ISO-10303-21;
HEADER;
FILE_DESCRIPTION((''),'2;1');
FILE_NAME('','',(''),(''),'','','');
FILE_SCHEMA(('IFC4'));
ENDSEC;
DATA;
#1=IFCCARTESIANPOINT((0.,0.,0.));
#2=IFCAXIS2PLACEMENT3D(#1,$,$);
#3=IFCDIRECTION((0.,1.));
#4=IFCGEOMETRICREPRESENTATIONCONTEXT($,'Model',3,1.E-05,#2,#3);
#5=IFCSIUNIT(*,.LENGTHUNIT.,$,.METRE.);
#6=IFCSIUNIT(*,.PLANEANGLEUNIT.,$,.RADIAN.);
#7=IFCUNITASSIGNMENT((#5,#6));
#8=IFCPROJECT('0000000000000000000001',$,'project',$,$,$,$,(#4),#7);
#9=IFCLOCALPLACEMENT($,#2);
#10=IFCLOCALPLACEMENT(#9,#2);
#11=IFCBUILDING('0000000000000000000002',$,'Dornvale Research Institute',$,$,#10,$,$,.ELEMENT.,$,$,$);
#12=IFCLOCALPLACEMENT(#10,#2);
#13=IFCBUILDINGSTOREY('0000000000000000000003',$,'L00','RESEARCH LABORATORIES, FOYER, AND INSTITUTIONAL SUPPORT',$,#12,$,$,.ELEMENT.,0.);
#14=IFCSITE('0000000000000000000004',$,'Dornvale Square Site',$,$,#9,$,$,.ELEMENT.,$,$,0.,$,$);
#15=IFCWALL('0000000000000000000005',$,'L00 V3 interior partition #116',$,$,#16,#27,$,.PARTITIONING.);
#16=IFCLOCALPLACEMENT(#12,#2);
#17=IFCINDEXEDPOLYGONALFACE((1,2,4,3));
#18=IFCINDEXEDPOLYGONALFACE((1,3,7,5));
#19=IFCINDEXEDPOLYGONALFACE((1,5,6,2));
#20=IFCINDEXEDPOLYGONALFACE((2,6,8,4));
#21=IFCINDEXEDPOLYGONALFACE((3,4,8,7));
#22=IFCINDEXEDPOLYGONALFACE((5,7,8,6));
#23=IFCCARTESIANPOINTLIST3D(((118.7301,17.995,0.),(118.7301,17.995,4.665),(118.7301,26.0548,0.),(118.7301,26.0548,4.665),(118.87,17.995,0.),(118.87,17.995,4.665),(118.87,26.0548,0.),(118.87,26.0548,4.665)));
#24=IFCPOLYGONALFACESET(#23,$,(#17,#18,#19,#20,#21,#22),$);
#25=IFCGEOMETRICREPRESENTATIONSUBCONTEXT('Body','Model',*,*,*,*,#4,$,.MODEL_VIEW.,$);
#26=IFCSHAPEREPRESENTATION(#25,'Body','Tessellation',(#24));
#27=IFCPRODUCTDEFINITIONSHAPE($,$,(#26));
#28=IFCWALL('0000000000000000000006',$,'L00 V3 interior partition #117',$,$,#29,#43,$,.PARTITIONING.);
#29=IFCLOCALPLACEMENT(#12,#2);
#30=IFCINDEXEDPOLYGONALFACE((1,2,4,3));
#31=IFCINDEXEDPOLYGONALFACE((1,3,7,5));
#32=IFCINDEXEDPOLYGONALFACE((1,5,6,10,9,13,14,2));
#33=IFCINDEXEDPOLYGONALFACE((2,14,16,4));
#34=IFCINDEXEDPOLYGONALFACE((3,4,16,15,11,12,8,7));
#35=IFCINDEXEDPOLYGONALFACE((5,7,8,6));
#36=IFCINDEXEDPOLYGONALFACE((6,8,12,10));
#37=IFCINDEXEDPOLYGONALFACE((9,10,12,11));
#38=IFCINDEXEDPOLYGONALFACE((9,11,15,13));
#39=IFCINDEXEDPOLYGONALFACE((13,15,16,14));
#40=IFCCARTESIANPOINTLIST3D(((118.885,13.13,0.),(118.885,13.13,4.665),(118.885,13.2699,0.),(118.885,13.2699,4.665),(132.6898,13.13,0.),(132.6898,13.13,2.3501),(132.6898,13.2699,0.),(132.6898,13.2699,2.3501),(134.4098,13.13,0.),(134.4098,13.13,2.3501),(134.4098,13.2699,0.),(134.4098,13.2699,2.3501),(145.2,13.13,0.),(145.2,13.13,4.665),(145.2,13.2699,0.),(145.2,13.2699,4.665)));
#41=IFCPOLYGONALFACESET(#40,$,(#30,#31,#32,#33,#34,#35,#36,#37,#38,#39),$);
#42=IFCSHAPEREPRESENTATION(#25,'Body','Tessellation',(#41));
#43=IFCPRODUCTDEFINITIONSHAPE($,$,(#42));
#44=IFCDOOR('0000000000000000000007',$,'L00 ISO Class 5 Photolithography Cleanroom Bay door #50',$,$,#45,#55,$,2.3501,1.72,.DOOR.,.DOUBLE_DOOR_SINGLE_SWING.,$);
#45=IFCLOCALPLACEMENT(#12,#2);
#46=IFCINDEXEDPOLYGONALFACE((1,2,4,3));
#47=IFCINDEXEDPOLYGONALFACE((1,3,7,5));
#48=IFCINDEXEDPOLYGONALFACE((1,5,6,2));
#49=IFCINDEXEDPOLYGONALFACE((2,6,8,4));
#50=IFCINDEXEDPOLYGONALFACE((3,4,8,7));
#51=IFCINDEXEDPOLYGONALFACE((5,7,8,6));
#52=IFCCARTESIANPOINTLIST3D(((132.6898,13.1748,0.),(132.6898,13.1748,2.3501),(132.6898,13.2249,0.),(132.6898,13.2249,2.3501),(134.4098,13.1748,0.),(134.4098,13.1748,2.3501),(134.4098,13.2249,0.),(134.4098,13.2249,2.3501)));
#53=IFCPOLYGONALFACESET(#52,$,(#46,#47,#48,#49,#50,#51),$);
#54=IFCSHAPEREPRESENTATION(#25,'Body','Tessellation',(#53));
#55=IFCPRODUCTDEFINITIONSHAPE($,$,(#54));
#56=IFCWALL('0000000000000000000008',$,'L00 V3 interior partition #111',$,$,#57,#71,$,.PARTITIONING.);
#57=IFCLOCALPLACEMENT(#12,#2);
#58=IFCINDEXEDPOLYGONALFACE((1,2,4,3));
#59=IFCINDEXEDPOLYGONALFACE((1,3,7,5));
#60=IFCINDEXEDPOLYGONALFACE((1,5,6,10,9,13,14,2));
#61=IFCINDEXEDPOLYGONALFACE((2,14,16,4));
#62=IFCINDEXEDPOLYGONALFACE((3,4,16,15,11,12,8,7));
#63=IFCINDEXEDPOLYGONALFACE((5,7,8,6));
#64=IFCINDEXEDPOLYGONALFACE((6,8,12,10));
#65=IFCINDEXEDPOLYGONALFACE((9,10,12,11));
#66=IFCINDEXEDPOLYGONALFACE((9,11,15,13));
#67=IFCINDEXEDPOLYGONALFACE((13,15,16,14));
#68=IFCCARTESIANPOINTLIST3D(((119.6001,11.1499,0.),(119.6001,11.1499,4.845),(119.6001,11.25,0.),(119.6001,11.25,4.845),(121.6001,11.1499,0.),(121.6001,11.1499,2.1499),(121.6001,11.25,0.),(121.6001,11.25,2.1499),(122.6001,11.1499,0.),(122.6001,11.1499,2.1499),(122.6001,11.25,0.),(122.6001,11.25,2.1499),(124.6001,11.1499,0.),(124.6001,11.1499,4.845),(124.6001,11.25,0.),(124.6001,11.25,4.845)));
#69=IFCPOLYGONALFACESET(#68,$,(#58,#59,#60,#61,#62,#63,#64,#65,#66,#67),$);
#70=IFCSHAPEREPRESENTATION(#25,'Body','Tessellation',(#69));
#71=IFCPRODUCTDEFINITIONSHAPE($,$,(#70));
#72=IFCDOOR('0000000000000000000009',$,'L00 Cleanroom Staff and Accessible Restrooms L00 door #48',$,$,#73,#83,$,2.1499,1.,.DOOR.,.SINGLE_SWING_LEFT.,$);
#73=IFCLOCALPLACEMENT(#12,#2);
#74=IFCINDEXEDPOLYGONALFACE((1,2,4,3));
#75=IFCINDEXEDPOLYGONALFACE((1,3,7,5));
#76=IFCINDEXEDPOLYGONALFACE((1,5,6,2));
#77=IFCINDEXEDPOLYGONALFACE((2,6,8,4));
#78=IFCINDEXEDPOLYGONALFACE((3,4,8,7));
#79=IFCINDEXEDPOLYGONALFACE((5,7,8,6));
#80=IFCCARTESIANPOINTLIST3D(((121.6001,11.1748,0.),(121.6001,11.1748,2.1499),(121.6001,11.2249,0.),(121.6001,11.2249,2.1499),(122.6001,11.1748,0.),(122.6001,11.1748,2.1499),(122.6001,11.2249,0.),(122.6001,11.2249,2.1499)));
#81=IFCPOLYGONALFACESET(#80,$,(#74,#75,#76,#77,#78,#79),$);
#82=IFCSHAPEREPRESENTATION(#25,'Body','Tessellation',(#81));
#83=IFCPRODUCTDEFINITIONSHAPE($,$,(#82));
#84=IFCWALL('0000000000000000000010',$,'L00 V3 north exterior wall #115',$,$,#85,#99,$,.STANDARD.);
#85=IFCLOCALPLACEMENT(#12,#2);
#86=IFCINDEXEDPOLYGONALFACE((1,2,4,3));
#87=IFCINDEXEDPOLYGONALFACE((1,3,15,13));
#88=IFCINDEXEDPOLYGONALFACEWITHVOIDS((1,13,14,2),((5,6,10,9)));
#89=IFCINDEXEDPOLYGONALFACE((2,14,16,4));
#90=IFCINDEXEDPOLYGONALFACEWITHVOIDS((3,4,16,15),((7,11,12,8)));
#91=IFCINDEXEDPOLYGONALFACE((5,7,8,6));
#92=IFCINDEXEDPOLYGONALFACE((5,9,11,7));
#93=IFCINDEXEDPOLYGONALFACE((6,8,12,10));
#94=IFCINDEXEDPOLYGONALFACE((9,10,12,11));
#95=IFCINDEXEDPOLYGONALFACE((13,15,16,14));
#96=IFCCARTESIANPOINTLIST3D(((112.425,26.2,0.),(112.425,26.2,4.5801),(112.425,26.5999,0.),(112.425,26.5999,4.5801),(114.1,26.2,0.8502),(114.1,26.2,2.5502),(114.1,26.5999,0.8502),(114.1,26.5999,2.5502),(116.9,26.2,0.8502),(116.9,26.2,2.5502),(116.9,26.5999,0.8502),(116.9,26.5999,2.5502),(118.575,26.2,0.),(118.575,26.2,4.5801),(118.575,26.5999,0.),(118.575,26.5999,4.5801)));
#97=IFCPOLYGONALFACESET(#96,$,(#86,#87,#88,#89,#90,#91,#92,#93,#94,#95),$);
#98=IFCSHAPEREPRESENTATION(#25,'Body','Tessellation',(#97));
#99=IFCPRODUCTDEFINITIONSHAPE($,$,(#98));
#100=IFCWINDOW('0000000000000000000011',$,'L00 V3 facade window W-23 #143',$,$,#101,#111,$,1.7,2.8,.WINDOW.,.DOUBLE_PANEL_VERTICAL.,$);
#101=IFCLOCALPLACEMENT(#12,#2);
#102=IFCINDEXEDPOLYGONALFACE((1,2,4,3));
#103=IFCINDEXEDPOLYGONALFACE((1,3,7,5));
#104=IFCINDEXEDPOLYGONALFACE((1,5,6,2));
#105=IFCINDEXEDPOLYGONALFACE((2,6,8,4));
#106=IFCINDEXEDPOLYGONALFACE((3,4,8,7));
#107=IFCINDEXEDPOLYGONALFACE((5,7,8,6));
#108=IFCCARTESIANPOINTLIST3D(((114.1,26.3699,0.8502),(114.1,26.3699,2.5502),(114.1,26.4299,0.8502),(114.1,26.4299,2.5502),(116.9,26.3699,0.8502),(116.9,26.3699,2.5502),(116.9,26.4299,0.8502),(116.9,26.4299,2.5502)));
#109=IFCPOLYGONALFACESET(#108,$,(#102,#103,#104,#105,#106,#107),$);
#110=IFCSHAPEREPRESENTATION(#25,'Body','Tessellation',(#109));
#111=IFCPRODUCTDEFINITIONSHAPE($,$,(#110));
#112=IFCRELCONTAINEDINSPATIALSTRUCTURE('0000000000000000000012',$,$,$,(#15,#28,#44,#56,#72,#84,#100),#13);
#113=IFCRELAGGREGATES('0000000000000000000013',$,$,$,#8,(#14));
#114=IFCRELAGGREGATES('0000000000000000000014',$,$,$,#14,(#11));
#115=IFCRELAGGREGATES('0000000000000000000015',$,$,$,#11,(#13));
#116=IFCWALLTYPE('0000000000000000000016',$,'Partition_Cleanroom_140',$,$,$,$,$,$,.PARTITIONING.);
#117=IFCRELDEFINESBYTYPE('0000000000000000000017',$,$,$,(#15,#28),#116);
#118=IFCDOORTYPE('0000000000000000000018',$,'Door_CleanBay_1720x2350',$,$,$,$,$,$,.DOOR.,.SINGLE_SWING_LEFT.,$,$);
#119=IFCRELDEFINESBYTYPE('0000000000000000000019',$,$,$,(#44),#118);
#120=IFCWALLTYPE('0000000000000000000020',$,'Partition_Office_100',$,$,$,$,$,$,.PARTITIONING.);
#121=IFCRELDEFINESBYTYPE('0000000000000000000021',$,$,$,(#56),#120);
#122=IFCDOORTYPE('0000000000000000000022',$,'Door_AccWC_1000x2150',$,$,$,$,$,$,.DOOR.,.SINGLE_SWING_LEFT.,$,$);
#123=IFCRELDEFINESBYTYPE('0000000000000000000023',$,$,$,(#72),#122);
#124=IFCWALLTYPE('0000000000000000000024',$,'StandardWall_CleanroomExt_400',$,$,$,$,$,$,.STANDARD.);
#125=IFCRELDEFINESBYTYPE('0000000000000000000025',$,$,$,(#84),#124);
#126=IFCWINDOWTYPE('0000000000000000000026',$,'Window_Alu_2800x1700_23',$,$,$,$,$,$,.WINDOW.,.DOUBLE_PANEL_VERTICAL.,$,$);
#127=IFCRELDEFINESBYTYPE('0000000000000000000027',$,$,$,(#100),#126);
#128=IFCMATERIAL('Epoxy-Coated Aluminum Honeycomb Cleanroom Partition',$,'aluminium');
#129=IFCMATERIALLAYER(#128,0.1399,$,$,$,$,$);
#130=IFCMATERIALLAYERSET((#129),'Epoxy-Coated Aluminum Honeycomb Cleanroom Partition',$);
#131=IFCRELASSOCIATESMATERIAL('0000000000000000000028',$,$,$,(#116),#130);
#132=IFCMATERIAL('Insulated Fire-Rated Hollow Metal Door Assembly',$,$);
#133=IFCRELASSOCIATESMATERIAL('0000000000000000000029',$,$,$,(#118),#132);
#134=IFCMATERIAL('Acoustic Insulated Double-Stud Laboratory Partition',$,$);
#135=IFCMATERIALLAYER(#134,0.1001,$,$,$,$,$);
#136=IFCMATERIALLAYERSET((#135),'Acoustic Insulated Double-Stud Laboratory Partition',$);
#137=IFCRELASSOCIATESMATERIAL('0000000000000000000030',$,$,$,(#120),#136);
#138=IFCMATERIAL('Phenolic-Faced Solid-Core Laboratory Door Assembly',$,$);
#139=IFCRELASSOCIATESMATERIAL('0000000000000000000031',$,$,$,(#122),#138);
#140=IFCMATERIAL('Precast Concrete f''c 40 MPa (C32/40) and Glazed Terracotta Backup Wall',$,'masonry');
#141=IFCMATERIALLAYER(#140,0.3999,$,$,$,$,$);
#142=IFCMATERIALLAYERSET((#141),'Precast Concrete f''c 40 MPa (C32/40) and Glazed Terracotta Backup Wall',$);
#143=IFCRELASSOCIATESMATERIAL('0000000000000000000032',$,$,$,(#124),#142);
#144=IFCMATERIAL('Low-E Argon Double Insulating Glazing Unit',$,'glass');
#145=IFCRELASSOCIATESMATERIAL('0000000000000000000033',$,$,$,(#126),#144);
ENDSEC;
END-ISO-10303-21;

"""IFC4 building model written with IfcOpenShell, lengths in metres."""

from ifc_helpers import new_model, si_unit, direction, frame, frame_2d, origin, place, context, subcontext, project, spatial, rectangle, extrude, material, layer, layer_set, type_object, element, fill, save


model = new_model("IFC4")

# Units and contexts
model_context = context("Model", 3, precision=1e-05, world=origin(), true_north=direction((0.0, 1.0)))
body_context = subcontext(model_context, "Body", "Model", "MODEL_VIEW")
ifc_project = project(units=[si_unit("LENGTHUNIT", "METRE"), si_unit("PLANEANGLEUNIT", "RADIAN")], contexts=[model_context])

# Site, building, storey
site_placement = place(None, origin())
site = spatial("IfcSite", under=ifc_project, at=site_placement, Name="Dornvale Square Site", CompositionType="ELEMENT", RefElevation=0.0)
building_placement = place(site_placement, origin())
building = spatial("IfcBuilding", under=site, at=building_placement, Name="Dornvale Research Institute", CompositionType="ELEMENT")
storey_placement = place(building_placement, origin())
storey = spatial("IfcBuildingStorey", under=building, at=storey_placement, Name="L00", Description="RESEARCH LABORATORIES, FOYER, AND INSTITUTIONAL SUPPORT", CompositionType="ELEMENT", Elevation=0.0)

# Wall
ifc_material_1 = material(Name="Epoxy-Coated Aluminum Honeycomb Cleanroom Partition", Category="aluminium")
ifc_layer_1 = layer(ifc_material_1, 0.1399)
ifc_layer_set_1 = layer_set([ifc_layer_1], Name="Epoxy-Coated Aluminum Honeycomb Cleanroom Partition")
wall_type_1 = type_object("IfcWallType", Name="Partition_Cleanroom_140", PredefinedType="PARTITIONING", material=ifc_layer_set_1)
wall_1_placement = place(storey_placement, frame((118.8, 17.9951, 0.0), z_axis=(0.0, 0.0, 1.0), x_axis=(0.0, 1.0, 0.0)))
element("IfcWall", 1, at=wall_1_placement, inside=storey, type_object=wall_type_1, Name="L00 V3 interior partition #116", PredefinedType="PARTITIONING", context=body_context, shape_type="SweptSolid", body=[
    extrude(rectangle(XDim=8.0598, YDim=0.1399, at=frame_2d((4.0298, 0.0))), origin(), (0.0, 0.0, 1.0), 4.665),
])

# Walls, openings, doors
wall_2_placement = place(storey_placement, frame((118.885, 13.2, 0.0), z_axis=(0.0, 0.0, 1.0), x_axis=(1.0, 0.0, 0.0)))
wall_2 = element("IfcWall", 2, at=wall_2_placement, inside=storey, type_object=wall_type_1, Name="L00 V3 interior partition #117", PredefinedType="PARTITIONING", context=body_context, shape_type="SweptSolid", body=[
    extrude(rectangle(XDim=26.3149, YDim=0.1399, at=frame_2d((13.1575, 0.0))), origin(), (0.0, 0.0, 1.0), 4.665),
])
opening_1_placement = place(wall_2_placement, frame((13.8049, 0.0, 0.0)))
opening_1 = element("IfcOpeningElement", 3, at=opening_1_placement, cuts=wall_2, PredefinedType="OPENING", context=body_context, shape_type="SweptSolid", body=[
    extrude(rectangle(XDim=1.72, YDim=2.3501, at=frame_2d((0.8599, 1.175))), frame((0.0, 0.085, 0.0), z_axis=(0.0, -1.0, 0.0), x_axis=(1.0, 0.0, 0.0)), (0.0, 0.0, 1.0), 0.1699),
])
ifc_material_2 = material(Name="Insulated Fire-Rated Hollow Metal Door Assembly")
door_type_1 = type_object("IfcDoorType", Name="Door_CleanBay_1720x2350", OperationType="SINGLE_SWING_LEFT", PredefinedType="DOOR", material=ifc_material_2)
door_1_placement = place(opening_1_placement, origin())
door_1 = element("IfcDoor", 4, at=door_1_placement, inside=storey, type_object=door_type_1, Name="L00 ISO Class 5 Photolithography Cleanroom Bay door #50", OperationType="DOUBLE_DOOR_SINGLE_SWING", OverallHeight=2.3501, OverallWidth=1.72, PredefinedType="DOOR", context=body_context, shape_type="SweptSolid", body=[
    extrude(rectangle(XDim=1.72, YDim=2.3501, at=frame_2d((0.8599, 1.175))), frame((0.0, 0.0249, 0.0), z_axis=(0.0, -1.0, 0.0), x_axis=(1.0, 0.0, 0.0)), (0.0, 0.0, 1.0), 0.05),
])
fill(opening_1, door_1)
ifc_material_3 = material(Name="Acoustic Insulated Double-Stud Laboratory Partition")
ifc_layer_2 = layer(ifc_material_3, 0.1001)
ifc_layer_set_2 = layer_set([ifc_layer_2], Name="Acoustic Insulated Double-Stud Laboratory Partition")
wall_type_2 = type_object("IfcWallType", Name="Partition_Office_100", PredefinedType="PARTITIONING", material=ifc_layer_set_2)
wall_3_placement = place(storey_placement, frame((119.6001, 11.2, 0.0), z_axis=(0.0, 0.0, 1.0), x_axis=(1.0, 0.0, 0.0)))
wall_3 = element("IfcWall", 5, at=wall_3_placement, inside=storey, type_object=wall_type_2, Name="L00 V3 interior partition #111", PredefinedType="PARTITIONING", context=body_context, shape_type="SweptSolid", body=[
    extrude(rectangle(XDim=5.0, YDim=0.1001, at=frame_2d((2.5, 0.0))), origin(), (0.0, 0.0, 1.0), 4.845),
])
opening_2_placement = place(wall_3_placement, frame((2.0, 0.0, 0.0)))
opening_2 = element("IfcOpeningElement", 6, at=opening_2_placement, cuts=wall_3, PredefinedType="OPENING", context=body_context, shape_type="SweptSolid", body=[
    extrude(rectangle(XDim=1.0, YDim=2.1499, at=frame_2d((0.5, 1.075))), frame((0.0, 0.0649, 0.0), z_axis=(0.0, -1.0, 0.0), x_axis=(1.0, 0.0, 0.0)), (0.0, 0.0, 1.0), 0.1301),
])
ifc_material_4 = material(Name="Phenolic-Faced Solid-Core Laboratory Door Assembly")
door_type_2 = type_object("IfcDoorType", Name="Door_AccWC_1000x2150", OperationType="SINGLE_SWING_LEFT", PredefinedType="DOOR", material=ifc_material_4)
door_2_placement = place(opening_2_placement, origin())
door_2 = element("IfcDoor", 7, at=door_2_placement, inside=storey, type_object=door_type_2, Name="L00 Cleanroom Staff and Accessible Restrooms L00 door #48", OperationType="SINGLE_SWING_LEFT", OverallHeight=2.1499, OverallWidth=1.0, PredefinedType="DOOR", context=body_context, shape_type="SweptSolid", body=[
    extrude(rectangle(XDim=1.0, YDim=2.1499, at=frame_2d((0.5, 1.075))), frame((0.0, 0.0249, 0.0), z_axis=(0.0, -1.0, 0.0), x_axis=(1.0, 0.0, 0.0)), (0.0, 0.0, 1.0), 0.05),
])
fill(opening_2, door_2)

# Wall, opening, window
ifc_material_5 = material(Name="Precast Concrete f'c 40 MPa (C32/40) and Glazed Terracotta Backup Wall", Category="masonry")
ifc_layer_3 = layer(ifc_material_5, 0.3999)
ifc_layer_set_3 = layer_set([ifc_layer_3], Name="Precast Concrete f'c 40 MPa (C32/40) and Glazed Terracotta Backup Wall")
wall_type_3 = type_object("IfcWallType", Name="StandardWall_CleanroomExt_400", PredefinedType="STANDARD", material=ifc_layer_set_3)
wall_4_placement = place(storey_placement, frame((112.425, 26.3999, 0.0), z_axis=(0.0, 0.0, 1.0), x_axis=(1.0, 0.0, 0.0)))
wall_4 = element("IfcWall", 8, at=wall_4_placement, inside=storey, type_object=wall_type_3, Name="L00 V3 north exterior wall #115", PredefinedType="STANDARD", context=body_context, shape_type="SweptSolid", body=[
    extrude(rectangle(XDim=6.1499, YDim=0.3999, at=frame_2d((3.075, 0.0))), origin(), (0.0, 0.0, 1.0), 4.5801),
])
opening_3_placement = place(wall_4_placement, frame((1.675, 0.0, 0.8501)))
opening_3 = element("IfcOpeningElement", 9, at=opening_3_placement, cuts=wall_4, PredefinedType="OPENING", context=body_context, shape_type="SweptSolid", body=[
    extrude(rectangle(XDim=2.8, YDim=1.7, at=frame_2d((1.3999, 0.8501))), frame((0.0, 0.2148, 0.0), z_axis=(0.0, -1.0, 0.0), x_axis=(1.0, 0.0, 0.0)), (0.0, 0.0, 1.0), 0.4299),
])
ifc_material_6 = material(Name="Low-E Argon Double Insulating Glazing Unit", Category="glass")
window_type = type_object("IfcWindowType", Name="Window_Alu_2800x1700_23", PartitioningType="DOUBLE_PANEL_VERTICAL", PredefinedType="WINDOW", material=ifc_material_6)
window_placement = place(opening_3_placement, origin())
window = element("IfcWindow", 10, at=window_placement, inside=storey, type_object=window_type, Name="L00 V3 facade window W-23 #143", OverallHeight=1.7, OverallWidth=2.8, PartitioningType="DOUBLE_PANEL_VERTICAL", PredefinedType="WINDOW", context=body_context, shape_type="SweptSolid", body=[
    extrude(rectangle(XDim=2.8, YDim=1.7, at=frame_2d((1.3999, 0.8501))), frame((0.0, 0.03, 0.0), z_axis=(0.0, -1.0, 0.0), x_axis=(1.0, 0.0, 0.0)), (0.0, 0.0, 1.0), 0.0601),
])
fill(opening_3, window)

save(model, "model.ifc")
